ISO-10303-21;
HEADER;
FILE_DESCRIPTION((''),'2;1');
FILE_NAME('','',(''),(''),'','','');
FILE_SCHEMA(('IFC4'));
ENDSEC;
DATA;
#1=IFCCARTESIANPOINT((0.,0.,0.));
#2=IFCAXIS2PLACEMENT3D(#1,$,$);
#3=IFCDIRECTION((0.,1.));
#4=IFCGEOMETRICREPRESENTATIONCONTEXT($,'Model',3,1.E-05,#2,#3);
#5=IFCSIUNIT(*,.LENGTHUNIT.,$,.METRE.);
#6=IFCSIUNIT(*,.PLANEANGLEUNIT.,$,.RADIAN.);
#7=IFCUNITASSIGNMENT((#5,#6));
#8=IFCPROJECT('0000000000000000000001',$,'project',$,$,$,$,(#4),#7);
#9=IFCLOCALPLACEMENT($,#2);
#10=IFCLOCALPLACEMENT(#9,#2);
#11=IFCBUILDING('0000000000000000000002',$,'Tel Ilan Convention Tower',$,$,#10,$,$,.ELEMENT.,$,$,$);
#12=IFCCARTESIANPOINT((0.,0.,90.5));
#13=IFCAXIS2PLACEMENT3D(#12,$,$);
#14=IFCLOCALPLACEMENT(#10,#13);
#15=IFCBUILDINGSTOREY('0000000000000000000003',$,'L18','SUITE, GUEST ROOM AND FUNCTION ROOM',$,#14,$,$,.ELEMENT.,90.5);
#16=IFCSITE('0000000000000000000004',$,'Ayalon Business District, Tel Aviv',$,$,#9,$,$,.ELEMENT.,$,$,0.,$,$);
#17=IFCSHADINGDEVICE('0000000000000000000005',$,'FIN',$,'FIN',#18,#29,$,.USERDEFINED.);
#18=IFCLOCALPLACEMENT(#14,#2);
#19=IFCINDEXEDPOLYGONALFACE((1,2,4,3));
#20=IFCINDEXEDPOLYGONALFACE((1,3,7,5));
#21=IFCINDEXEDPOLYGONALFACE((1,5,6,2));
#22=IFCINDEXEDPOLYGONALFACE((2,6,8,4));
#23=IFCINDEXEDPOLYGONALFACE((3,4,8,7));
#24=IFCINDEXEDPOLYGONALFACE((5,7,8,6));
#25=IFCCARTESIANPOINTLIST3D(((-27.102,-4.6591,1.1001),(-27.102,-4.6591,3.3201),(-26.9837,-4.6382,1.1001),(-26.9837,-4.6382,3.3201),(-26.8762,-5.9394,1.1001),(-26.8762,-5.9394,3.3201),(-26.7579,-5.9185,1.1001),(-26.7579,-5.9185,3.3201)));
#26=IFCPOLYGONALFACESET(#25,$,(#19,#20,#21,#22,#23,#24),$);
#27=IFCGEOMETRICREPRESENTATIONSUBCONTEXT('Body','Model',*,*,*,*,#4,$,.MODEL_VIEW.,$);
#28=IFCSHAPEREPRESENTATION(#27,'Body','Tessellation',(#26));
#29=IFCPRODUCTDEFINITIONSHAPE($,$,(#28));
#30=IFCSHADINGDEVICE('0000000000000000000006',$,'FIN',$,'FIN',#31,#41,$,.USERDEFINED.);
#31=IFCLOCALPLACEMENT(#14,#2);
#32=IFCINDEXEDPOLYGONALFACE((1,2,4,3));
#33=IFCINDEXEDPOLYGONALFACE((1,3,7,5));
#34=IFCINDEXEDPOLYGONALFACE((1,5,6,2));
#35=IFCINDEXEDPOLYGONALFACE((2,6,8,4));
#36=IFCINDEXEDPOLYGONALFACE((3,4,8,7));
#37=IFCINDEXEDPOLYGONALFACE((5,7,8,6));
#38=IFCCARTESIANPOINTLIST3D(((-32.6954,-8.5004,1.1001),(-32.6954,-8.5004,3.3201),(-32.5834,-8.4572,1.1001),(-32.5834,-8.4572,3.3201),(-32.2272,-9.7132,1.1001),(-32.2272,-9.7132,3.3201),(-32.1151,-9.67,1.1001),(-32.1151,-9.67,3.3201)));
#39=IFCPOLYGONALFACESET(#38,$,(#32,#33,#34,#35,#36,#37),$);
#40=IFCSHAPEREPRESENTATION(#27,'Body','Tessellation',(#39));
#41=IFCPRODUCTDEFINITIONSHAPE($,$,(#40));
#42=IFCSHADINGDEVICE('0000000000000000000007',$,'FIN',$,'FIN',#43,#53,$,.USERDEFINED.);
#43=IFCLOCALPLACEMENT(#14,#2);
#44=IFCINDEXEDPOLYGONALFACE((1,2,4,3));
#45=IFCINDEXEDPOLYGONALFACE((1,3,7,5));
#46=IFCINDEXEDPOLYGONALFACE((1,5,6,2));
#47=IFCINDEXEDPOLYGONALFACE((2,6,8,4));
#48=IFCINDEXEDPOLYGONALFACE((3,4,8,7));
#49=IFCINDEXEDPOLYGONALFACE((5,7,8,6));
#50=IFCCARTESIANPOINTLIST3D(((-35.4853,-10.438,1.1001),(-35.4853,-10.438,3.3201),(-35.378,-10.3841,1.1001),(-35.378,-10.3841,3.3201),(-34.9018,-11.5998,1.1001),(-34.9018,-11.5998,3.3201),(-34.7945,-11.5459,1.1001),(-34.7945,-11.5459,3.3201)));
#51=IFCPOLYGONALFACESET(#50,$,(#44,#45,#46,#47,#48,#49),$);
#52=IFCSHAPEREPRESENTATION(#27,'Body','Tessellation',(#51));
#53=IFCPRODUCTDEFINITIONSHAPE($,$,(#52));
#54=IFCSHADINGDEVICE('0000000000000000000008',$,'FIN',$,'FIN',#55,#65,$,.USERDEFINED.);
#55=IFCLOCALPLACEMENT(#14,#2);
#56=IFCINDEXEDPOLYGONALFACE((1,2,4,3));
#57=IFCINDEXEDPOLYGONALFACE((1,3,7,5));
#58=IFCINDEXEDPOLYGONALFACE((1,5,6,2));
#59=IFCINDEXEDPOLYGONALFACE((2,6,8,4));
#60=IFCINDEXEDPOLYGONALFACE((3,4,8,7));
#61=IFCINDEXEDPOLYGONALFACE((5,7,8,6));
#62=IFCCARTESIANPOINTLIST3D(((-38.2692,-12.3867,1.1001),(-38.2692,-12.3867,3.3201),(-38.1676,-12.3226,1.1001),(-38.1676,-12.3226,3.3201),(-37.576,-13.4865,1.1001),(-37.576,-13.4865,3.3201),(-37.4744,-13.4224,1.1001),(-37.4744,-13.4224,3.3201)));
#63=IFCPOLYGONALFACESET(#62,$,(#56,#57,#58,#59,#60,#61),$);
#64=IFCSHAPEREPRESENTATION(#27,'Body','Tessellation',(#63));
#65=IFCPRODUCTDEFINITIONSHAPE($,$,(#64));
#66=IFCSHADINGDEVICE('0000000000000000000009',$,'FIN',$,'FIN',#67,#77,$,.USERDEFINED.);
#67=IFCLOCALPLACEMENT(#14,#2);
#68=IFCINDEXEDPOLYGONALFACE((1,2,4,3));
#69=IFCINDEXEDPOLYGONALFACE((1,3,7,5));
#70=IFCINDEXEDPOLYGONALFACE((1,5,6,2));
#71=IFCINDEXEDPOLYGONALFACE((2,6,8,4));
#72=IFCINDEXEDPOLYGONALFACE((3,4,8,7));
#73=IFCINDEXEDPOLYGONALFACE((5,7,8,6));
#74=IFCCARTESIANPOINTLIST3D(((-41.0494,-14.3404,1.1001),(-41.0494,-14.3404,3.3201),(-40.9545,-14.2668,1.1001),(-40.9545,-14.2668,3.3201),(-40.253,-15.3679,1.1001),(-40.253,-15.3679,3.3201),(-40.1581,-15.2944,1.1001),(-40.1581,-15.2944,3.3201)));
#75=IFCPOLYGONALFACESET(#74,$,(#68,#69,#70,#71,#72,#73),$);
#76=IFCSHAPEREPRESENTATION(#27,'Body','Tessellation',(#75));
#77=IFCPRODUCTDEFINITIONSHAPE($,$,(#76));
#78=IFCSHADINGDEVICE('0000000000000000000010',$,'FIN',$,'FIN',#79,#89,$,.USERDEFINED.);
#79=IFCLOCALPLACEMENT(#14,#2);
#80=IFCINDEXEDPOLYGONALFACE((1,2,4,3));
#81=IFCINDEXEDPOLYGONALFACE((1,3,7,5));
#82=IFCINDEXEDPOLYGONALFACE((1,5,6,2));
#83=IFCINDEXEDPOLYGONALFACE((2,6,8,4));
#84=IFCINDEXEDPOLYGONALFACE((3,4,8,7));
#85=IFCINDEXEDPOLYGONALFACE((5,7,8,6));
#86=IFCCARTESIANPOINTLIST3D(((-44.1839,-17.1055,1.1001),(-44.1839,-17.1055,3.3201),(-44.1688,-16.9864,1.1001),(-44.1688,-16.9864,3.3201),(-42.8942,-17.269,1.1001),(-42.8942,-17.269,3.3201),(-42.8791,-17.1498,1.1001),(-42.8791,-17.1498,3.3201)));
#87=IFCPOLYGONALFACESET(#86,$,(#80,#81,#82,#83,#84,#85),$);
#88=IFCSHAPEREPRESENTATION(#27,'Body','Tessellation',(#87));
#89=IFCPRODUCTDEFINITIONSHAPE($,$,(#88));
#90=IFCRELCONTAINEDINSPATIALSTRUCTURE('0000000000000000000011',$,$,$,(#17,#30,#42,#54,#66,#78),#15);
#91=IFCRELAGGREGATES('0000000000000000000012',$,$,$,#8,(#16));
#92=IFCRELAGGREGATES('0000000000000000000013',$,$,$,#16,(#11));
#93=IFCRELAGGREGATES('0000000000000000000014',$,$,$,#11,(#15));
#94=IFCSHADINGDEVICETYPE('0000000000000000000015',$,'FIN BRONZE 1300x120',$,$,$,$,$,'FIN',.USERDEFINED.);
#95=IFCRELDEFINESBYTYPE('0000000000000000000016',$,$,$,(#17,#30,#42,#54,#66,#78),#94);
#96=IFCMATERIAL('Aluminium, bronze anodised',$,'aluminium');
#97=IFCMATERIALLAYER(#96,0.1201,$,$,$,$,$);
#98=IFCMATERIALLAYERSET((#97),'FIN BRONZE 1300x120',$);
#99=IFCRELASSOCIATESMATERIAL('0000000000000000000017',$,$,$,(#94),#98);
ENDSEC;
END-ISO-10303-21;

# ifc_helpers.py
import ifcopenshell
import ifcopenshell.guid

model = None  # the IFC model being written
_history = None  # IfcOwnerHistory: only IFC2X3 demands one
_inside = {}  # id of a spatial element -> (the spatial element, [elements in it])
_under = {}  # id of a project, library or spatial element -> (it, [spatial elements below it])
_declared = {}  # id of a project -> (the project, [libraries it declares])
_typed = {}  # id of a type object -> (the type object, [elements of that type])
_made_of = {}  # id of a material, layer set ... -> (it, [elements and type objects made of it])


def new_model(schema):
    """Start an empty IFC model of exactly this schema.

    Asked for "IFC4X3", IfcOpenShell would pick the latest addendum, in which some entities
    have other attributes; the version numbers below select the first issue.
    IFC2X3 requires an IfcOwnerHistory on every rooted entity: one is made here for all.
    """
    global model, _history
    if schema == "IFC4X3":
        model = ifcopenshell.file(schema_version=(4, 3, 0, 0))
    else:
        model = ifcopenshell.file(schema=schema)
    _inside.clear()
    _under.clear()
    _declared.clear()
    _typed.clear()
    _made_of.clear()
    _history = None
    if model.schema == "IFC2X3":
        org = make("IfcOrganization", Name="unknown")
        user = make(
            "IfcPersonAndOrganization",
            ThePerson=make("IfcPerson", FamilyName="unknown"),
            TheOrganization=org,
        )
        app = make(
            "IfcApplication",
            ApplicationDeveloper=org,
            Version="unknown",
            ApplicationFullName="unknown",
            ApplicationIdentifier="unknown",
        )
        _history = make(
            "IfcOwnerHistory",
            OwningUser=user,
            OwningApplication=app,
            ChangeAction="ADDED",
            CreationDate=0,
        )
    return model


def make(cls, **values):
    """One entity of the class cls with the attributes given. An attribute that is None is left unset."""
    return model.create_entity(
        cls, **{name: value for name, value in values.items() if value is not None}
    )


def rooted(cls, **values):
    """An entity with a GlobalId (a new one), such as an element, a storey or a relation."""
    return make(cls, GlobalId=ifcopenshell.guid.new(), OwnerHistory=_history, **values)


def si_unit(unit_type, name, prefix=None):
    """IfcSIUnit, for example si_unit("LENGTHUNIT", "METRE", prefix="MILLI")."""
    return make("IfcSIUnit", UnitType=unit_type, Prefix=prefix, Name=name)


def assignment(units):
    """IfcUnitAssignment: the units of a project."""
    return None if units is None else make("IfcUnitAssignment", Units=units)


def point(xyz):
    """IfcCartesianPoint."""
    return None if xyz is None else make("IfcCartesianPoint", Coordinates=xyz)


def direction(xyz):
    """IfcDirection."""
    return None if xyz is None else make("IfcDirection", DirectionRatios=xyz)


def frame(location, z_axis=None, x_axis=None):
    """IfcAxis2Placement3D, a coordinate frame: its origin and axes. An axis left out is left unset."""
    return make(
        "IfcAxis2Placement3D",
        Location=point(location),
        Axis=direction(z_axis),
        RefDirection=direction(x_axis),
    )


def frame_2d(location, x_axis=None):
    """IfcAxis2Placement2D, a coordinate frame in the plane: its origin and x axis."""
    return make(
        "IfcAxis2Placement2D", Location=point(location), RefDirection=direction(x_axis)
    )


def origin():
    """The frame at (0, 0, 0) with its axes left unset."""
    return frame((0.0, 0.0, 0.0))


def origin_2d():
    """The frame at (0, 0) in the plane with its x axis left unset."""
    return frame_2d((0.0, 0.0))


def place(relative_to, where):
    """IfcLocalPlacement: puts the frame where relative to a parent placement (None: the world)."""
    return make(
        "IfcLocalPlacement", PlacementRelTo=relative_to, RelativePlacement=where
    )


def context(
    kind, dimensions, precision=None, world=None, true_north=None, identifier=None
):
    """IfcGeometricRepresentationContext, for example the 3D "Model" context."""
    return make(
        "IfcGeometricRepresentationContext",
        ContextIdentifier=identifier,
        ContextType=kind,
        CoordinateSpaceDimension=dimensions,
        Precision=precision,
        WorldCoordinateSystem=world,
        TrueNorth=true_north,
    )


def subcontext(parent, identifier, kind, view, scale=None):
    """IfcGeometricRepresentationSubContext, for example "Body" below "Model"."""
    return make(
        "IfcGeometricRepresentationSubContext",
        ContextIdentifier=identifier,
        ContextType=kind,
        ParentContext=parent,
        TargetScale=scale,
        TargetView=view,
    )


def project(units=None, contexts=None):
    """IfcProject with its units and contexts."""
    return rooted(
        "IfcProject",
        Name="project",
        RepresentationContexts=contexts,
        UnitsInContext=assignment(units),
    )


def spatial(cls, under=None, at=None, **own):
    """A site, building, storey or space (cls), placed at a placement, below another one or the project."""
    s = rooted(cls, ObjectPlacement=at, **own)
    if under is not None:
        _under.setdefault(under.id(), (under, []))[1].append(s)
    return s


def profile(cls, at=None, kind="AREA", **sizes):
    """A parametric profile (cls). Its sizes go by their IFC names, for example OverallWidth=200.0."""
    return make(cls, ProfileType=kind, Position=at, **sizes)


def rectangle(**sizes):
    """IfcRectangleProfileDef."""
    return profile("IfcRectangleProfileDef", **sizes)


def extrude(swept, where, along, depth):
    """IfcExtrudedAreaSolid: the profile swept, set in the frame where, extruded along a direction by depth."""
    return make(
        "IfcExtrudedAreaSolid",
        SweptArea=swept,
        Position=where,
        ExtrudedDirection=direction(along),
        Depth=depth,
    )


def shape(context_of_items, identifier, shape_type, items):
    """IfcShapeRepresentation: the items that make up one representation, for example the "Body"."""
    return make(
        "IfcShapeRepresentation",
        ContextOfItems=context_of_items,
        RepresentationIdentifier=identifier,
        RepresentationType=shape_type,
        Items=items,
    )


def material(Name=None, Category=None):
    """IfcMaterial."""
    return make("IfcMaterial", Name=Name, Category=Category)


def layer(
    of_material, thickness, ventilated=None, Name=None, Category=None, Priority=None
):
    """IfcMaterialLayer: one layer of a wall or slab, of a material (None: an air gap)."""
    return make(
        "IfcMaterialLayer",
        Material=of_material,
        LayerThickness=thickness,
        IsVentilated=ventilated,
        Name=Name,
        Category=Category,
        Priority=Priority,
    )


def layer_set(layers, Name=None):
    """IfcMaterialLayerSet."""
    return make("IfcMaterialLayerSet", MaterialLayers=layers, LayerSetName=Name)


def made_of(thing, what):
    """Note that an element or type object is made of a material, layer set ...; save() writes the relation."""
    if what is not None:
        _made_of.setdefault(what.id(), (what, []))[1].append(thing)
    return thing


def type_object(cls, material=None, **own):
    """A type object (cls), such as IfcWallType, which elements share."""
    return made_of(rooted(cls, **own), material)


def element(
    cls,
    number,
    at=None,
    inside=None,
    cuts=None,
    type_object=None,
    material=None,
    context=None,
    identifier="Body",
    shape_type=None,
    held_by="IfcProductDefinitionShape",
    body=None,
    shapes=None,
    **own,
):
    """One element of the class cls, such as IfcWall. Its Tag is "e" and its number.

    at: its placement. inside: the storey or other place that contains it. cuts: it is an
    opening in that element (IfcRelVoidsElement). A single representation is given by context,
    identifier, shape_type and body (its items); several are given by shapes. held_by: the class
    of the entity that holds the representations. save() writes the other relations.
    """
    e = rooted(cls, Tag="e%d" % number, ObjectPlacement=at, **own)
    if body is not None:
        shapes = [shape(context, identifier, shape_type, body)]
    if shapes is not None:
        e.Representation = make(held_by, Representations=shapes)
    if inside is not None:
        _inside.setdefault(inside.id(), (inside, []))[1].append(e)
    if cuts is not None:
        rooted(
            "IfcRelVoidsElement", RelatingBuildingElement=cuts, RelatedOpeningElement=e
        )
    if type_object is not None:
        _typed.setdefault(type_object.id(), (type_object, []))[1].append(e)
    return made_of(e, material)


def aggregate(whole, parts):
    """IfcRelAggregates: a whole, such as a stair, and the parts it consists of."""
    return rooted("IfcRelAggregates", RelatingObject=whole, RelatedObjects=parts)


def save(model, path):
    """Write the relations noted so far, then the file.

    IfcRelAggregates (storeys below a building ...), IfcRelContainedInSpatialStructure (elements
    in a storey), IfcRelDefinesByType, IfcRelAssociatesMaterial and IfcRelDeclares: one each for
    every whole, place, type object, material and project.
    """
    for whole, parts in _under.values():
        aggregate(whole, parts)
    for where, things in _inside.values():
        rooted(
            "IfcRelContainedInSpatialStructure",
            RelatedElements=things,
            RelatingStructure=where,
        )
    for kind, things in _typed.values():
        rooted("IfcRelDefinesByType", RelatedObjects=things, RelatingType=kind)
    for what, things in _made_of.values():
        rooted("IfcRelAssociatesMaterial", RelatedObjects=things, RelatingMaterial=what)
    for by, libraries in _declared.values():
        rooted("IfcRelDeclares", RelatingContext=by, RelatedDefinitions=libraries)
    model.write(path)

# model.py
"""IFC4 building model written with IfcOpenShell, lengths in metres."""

from ifc_helpers import new_model, si_unit, direction, frame, origin, origin_2d, place, context, subcontext, project, spatial, rectangle, extrude, material, layer, layer_set, type_object, element, save


model = new_model("IFC4")

# Units and contexts
model_context = context("Model", 3, precision=1e-05, world=origin(), true_north=direction((0.0, 1.0)))
body_context = subcontext(model_context, "Body", "Model", "MODEL_VIEW")
ifc_project = project(units=[si_unit("LENGTHUNIT", "METRE"), si_unit("PLANEANGLEUNIT", "RADIAN")], contexts=[model_context])

# Site, building, storey
site_placement = place(None, origin())
site = spatial("IfcSite", under=ifc_project, at=site_placement, Name="Ayalon Business District, Tel Aviv", CompositionType="ELEMENT", RefElevation=0.0)
building_placement = place(site_placement, origin())
building = spatial("IfcBuilding", under=site, at=building_placement, Name="Tel Ilan Convention Tower", CompositionType="ELEMENT")
storey_placement = place(building_placement, frame((0.0, 0.0, 90.5)))
storey = spatial("IfcBuildingStorey", under=building, at=storey_placement, Name="L18", Description="SUITE, GUEST ROOM AND FUNCTION ROOM", CompositionType="ELEMENT", Elevation=90.5)

# Shading devices
ifc_material_1 = material(Name="Aluminium, bronze anodised", Category="aluminium")
ifc_layer_1 = layer(ifc_material_1, 0.1201)
ifc_layer_set_1 = layer_set([ifc_layer_1], Name="FIN BRONZE 1300x120")
shading_device_type = type_object("IfcShadingDeviceType", Name="FIN BRONZE 1300x120", ElementType="FIN", PredefinedType="USERDEFINED", material=ifc_layer_set_1)
for number, where, z_axis, x_axis, name in (
    (1, (-26.9299, -5.2888, 1.1001), (0.0, 0.0, 1.0), (-0.173648, 0.984808, 0.0), "FIN"),
    (2, (-32.4053, -9.0852, 1.1001), (0.0, 0.0, 1.0), (-0.360178, 0.932884, 0.0), "FIN"),
    (3, (-35.1399, -10.9919, 1.1001), (0.0, 0.0, 1.0), (-0.448799, 0.893633, 0.0), "FIN"),
    (4, (-37.8718, -12.9045, 1.1001), (0.0, 0.0, 1.0), (-0.533204, 0.845986, 0.0), "FIN"),
    (5, (-40.6038, -14.8174, 1.1001), (0.0, 0.0, 1.0), (-0.612601, 0.790393, 0.0), "FIN"),
    (6, (-43.5315, -17.1277, 1.1001), (0.0, 0.0, 1.0), (-0.992066, 0.125718, 0.0), "FIN"),
):
    element("IfcShadingDevice", number, at=place(storey_placement, frame(where, z_axis=z_axis, x_axis=x_axis)), inside=storey, type_object=shading_device_type, Name=name, ObjectType="FIN", PredefinedType="USERDEFINED", context=body_context, shape_type="SweptSolid", body=[
        extrude(rectangle(XDim=1.3, YDim=0.1201, at=origin_2d()), origin(), (0.0, 0.0, 1.0), 2.22),
    ])

save(model, "model.ifc")
